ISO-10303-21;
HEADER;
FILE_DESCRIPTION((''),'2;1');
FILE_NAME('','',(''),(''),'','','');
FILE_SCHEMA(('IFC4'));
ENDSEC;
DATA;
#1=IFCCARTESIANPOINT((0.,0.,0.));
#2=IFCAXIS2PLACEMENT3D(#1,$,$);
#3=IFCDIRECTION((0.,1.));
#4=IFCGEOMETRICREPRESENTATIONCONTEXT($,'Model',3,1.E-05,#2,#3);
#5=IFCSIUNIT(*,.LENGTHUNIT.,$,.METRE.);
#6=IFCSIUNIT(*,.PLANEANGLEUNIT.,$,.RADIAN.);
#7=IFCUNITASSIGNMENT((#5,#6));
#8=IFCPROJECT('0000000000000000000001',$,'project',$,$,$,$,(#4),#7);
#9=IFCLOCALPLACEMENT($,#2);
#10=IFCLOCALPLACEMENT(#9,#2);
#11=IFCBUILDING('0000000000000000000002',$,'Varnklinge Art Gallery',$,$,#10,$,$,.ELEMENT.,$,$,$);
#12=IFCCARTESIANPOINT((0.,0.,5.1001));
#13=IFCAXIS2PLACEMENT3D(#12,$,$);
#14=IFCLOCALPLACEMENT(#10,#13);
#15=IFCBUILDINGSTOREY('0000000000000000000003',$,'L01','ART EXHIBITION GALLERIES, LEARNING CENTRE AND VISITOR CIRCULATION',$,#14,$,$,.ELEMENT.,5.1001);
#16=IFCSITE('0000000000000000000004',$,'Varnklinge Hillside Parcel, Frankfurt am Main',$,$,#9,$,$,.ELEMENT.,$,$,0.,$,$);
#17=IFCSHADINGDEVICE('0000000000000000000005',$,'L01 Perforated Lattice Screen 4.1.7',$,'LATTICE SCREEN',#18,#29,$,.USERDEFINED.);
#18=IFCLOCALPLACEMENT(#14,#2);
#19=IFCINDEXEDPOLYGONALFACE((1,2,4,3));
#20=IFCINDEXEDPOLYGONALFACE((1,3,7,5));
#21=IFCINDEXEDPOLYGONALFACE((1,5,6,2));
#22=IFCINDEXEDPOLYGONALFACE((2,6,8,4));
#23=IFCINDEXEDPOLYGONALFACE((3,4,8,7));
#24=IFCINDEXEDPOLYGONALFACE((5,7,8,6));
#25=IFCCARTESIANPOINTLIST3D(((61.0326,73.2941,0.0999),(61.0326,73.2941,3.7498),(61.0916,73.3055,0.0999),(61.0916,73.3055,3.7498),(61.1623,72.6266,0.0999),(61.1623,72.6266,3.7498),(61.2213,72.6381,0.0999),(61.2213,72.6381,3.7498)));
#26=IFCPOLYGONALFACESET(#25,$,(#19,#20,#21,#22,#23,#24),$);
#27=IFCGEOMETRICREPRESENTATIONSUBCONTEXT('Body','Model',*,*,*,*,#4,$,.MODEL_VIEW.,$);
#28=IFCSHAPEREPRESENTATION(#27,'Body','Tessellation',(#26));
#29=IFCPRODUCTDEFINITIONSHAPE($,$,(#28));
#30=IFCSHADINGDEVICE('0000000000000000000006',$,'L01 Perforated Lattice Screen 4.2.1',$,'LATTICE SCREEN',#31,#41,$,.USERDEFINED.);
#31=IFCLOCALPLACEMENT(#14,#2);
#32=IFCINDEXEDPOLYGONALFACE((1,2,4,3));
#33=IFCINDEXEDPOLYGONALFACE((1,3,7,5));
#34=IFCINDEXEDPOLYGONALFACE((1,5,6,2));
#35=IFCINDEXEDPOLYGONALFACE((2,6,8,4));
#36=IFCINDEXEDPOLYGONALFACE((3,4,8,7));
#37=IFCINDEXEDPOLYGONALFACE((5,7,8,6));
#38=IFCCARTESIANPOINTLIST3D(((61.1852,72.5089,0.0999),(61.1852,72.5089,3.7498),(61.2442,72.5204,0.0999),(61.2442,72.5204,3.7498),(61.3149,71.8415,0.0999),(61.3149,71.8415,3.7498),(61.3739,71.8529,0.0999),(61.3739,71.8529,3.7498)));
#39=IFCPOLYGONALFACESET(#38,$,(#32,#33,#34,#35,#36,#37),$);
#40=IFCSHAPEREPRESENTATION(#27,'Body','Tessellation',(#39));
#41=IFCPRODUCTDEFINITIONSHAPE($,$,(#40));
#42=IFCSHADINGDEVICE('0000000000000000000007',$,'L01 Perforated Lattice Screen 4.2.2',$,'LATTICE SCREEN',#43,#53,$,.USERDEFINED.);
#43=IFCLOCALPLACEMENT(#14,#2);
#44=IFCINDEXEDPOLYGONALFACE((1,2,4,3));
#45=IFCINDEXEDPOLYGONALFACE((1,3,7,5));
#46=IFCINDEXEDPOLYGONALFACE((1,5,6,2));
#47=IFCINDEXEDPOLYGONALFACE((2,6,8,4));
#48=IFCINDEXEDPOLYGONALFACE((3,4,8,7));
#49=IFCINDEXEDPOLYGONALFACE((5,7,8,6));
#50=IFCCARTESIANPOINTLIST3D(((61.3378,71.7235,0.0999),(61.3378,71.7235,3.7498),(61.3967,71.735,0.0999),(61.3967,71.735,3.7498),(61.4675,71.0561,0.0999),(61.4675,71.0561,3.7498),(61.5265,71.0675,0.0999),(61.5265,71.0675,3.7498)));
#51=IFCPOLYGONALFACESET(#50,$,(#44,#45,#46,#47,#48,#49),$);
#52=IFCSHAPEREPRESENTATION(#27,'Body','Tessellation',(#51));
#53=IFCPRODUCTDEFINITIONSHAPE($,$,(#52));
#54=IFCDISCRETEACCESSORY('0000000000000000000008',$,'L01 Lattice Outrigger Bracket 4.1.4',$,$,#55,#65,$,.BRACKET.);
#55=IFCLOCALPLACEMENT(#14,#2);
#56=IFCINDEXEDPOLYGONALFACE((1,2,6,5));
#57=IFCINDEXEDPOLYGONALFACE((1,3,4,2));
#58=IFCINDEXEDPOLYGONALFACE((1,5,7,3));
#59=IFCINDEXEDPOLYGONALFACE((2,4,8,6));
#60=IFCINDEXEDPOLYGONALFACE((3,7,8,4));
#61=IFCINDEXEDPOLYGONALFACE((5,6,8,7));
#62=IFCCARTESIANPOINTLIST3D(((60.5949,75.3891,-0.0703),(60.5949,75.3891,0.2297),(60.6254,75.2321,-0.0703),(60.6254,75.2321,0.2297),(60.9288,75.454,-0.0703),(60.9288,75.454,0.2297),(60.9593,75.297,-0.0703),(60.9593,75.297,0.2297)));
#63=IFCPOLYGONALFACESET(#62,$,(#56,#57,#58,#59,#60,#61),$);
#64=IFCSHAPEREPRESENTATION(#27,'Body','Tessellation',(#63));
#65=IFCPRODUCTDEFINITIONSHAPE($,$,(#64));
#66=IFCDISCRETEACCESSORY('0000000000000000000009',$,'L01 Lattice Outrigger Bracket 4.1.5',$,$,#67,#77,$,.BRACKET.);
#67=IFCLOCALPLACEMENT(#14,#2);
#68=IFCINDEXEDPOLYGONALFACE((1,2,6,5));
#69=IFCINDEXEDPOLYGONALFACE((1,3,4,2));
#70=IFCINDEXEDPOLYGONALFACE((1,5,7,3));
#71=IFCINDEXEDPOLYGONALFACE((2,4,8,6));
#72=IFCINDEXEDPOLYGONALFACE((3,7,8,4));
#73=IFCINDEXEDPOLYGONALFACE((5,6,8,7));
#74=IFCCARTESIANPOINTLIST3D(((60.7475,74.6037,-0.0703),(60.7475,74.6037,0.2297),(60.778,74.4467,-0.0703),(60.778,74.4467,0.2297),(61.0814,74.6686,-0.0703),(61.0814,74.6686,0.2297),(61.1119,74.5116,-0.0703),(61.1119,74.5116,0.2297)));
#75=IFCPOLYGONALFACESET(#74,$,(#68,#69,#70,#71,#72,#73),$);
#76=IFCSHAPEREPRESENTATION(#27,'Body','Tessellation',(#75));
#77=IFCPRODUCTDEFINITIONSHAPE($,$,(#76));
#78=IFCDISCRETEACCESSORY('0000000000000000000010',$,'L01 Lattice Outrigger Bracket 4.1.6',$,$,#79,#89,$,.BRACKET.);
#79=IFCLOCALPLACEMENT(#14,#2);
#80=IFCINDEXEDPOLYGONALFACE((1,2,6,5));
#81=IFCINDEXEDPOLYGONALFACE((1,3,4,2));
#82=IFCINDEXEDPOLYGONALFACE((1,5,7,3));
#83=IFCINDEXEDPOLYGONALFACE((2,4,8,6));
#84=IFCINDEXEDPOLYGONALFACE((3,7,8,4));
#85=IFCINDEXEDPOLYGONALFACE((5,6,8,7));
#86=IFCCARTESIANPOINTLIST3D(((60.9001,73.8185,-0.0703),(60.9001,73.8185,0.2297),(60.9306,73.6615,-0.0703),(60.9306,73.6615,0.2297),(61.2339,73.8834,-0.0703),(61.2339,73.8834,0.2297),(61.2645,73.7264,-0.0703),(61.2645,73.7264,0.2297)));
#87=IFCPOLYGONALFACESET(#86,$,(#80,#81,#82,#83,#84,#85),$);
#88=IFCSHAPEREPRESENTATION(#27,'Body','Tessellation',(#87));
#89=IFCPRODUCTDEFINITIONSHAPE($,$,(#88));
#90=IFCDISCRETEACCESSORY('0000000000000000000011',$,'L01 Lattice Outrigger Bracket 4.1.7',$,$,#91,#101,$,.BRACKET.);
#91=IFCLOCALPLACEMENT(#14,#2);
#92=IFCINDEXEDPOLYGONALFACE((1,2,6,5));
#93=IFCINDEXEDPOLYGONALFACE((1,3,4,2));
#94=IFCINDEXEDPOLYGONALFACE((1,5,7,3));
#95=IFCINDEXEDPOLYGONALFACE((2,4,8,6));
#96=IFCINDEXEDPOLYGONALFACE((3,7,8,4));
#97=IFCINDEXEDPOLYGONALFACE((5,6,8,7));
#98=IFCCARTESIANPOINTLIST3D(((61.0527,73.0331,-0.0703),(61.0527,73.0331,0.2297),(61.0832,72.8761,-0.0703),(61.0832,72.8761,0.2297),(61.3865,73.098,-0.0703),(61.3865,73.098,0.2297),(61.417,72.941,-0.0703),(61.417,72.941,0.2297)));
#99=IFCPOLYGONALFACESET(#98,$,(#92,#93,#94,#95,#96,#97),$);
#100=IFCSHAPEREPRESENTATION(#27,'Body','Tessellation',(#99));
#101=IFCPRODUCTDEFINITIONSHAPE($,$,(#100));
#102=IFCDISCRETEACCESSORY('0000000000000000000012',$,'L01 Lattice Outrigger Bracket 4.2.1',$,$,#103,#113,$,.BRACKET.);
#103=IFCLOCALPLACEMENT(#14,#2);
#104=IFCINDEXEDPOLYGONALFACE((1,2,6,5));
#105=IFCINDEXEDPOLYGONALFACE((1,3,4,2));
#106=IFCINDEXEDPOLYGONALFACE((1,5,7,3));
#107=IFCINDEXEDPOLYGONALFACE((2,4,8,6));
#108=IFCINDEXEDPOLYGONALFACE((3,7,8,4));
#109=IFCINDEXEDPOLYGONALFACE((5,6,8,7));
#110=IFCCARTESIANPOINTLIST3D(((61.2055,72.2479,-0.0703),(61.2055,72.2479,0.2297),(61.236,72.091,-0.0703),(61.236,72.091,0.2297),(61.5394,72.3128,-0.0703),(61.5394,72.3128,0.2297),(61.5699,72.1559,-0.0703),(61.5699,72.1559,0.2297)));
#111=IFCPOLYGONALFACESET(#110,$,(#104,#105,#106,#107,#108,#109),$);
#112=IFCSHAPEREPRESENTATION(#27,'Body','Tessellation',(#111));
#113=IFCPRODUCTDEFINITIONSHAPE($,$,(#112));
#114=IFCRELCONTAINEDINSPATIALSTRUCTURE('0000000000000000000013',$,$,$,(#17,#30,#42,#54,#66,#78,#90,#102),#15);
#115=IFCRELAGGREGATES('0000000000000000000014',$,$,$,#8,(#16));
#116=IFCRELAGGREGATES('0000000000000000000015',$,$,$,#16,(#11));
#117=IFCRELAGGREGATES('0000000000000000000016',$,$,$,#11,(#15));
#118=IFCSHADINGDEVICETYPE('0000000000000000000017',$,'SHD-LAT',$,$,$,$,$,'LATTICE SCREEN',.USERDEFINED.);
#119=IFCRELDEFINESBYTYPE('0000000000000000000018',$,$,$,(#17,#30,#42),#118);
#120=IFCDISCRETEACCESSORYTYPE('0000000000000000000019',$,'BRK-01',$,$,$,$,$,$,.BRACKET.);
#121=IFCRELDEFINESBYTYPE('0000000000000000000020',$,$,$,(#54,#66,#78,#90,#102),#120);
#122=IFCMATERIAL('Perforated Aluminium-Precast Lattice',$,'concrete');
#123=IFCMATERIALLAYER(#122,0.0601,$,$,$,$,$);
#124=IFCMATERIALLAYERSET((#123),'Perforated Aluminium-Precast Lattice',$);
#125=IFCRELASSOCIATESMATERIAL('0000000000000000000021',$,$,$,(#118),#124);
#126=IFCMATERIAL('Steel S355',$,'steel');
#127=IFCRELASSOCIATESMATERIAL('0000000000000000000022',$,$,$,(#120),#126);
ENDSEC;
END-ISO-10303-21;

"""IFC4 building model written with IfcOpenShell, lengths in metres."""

from ifc_helpers import new_model, si_unit, direction, frame, origin, origin_2d, place, context, subcontext, project, spatial, rectangle, extrude, material, layer, layer_set, type_object, element, save


model = new_model("IFC4")

# Units and contexts
model_context = context("Model", 3, precision=1e-05, world=origin(), true_north=direction((0.0, 1.0)))
body_context = subcontext(model_context, "Body", "Model", "MODEL_VIEW")
ifc_project = project(units=[si_unit("LENGTHUNIT", "METRE"), si_unit("PLANEANGLEUNIT", "RADIAN")], contexts=[model_context])

# Site, building, storey
site_placement = place(None, origin())
site = spatial("IfcSite", under=ifc_project, at=site_placement, Name="Varnklinge Hillside Parcel, Frankfurt am Main", CompositionType="ELEMENT", RefElevation=0.0)
building_placement = place(site_placement, origin())
building = spatial("IfcBuilding", under=site, at=building_placement, Name="Varnklinge Art Gallery", CompositionType="ELEMENT")
storey_placement = place(building_placement, frame((0.0, 0.0, 5.1001)))
storey = spatial("IfcBuildingStorey", under=building, at=storey_placement, Name="L01", Description="ART EXHIBITION GALLERIES, LEARNING CENTRE AND VISITOR CIRCULATION", CompositionType="ELEMENT", Elevation=5.1001)

# Shading devices
ifc_material_1 = material(Name="Perforated Aluminium-Precast Lattice", Category="concrete")
ifc_layer_1 = layer(ifc_material_1, 0.0601)
ifc_layer_set_1 = layer_set([ifc_layer_1], Name="Perforated Aluminium-Precast Lattice")
shading_device_type = type_object("IfcShadingDeviceType", Name="SHD-LAT", ElementType="LATTICE SCREEN", PredefinedType="USERDEFINED", material=ifc_layer_set_1)
for number, where, z_axis, x_axis, name in (
    (1, (61.127, 72.9661, 0.0999), (0.0, 0.0, 1.0), (0.190809, -0.981627, 0.0), "L01 Perforated Lattice Screen 4.1.7"),
    (2, (61.2795, 72.1809, 0.0999), (0.0, 0.0, 1.0), (0.190809, -0.981627, 0.0), "L01 Perforated Lattice Screen 4.2.1"),
    (3, (61.4321, 71.3955, 0.0999), (0.0, 0.0, 1.0), (0.190809, -0.981627, 0.0), "L01 Perforated Lattice Screen 4.2.2"),
):
    element("IfcShadingDevice", number, at=place(storey_placement, frame(where, z_axis=z_axis, x_axis=x_axis)), inside=storey, type_object=shading_device_type, Name=name, ObjectType="LATTICE SCREEN", PredefinedType="USERDEFINED", context=body_context, shape_type="SweptSolid", body=[
        extrude(rectangle(XDim=0.6799, YDim=0.0601, at=origin_2d()), origin(), (0.0, 0.0, 1.0), 3.6499),
    ])

# Discrete accessories
ifc_material_2 = material(Name="Steel S355", Category="steel")
discrete_accessory_type = type_object("IfcDiscreteAccessoryType", Name="BRK-01", PredefinedType="BRACKET", material=ifc_material_2)
for number, where, z_axis, x_axis, name in (
    (4, (60.7771, 75.343, -0.0703), (0.0, 0.0, 1.0), (0.190809, -0.981627, 0.0), "L01 Lattice Outrigger Bracket 4.1.4"),
    (5, (60.9297, 74.5576, -0.0703), (0.0, 0.0, 1.0), (0.190809, -0.981627, 0.0), "L01 Lattice Outrigger Bracket 4.1.5"),
    (6, (61.0823, 73.7725, -0.0703), (0.0, 0.0, 1.0), (0.190809, -0.981627, 0.0), "L01 Lattice Outrigger Bracket 4.1.6"),
    (7, (61.2349, 72.9871, -0.0703), (0.0, 0.0, 1.0), (0.190809, -0.981627, 0.0), "L01 Lattice Outrigger Bracket 4.1.7"),
    (8, (61.3877, 72.2019, -0.0703), (0.0, 0.0, 1.0), (0.190809, -0.981627, 0.0), "L01 Lattice Outrigger Bracket 4.2.1"),
):
    element("IfcDiscreteAccessory", number, at=place(storey_placement, frame(where, z_axis=z_axis, x_axis=x_axis)), inside=storey, type_object=discrete_accessory_type, Name=name, PredefinedType="BRACKET", context=body_context, shape_type="SweptSolid", body=[
        extrude(rectangle(XDim=0.1599, YDim=0.3401, at=origin_2d()), origin(), (0.0, 0.0, 1.0), 0.3),
    ])

save(model, "model.ifc")
